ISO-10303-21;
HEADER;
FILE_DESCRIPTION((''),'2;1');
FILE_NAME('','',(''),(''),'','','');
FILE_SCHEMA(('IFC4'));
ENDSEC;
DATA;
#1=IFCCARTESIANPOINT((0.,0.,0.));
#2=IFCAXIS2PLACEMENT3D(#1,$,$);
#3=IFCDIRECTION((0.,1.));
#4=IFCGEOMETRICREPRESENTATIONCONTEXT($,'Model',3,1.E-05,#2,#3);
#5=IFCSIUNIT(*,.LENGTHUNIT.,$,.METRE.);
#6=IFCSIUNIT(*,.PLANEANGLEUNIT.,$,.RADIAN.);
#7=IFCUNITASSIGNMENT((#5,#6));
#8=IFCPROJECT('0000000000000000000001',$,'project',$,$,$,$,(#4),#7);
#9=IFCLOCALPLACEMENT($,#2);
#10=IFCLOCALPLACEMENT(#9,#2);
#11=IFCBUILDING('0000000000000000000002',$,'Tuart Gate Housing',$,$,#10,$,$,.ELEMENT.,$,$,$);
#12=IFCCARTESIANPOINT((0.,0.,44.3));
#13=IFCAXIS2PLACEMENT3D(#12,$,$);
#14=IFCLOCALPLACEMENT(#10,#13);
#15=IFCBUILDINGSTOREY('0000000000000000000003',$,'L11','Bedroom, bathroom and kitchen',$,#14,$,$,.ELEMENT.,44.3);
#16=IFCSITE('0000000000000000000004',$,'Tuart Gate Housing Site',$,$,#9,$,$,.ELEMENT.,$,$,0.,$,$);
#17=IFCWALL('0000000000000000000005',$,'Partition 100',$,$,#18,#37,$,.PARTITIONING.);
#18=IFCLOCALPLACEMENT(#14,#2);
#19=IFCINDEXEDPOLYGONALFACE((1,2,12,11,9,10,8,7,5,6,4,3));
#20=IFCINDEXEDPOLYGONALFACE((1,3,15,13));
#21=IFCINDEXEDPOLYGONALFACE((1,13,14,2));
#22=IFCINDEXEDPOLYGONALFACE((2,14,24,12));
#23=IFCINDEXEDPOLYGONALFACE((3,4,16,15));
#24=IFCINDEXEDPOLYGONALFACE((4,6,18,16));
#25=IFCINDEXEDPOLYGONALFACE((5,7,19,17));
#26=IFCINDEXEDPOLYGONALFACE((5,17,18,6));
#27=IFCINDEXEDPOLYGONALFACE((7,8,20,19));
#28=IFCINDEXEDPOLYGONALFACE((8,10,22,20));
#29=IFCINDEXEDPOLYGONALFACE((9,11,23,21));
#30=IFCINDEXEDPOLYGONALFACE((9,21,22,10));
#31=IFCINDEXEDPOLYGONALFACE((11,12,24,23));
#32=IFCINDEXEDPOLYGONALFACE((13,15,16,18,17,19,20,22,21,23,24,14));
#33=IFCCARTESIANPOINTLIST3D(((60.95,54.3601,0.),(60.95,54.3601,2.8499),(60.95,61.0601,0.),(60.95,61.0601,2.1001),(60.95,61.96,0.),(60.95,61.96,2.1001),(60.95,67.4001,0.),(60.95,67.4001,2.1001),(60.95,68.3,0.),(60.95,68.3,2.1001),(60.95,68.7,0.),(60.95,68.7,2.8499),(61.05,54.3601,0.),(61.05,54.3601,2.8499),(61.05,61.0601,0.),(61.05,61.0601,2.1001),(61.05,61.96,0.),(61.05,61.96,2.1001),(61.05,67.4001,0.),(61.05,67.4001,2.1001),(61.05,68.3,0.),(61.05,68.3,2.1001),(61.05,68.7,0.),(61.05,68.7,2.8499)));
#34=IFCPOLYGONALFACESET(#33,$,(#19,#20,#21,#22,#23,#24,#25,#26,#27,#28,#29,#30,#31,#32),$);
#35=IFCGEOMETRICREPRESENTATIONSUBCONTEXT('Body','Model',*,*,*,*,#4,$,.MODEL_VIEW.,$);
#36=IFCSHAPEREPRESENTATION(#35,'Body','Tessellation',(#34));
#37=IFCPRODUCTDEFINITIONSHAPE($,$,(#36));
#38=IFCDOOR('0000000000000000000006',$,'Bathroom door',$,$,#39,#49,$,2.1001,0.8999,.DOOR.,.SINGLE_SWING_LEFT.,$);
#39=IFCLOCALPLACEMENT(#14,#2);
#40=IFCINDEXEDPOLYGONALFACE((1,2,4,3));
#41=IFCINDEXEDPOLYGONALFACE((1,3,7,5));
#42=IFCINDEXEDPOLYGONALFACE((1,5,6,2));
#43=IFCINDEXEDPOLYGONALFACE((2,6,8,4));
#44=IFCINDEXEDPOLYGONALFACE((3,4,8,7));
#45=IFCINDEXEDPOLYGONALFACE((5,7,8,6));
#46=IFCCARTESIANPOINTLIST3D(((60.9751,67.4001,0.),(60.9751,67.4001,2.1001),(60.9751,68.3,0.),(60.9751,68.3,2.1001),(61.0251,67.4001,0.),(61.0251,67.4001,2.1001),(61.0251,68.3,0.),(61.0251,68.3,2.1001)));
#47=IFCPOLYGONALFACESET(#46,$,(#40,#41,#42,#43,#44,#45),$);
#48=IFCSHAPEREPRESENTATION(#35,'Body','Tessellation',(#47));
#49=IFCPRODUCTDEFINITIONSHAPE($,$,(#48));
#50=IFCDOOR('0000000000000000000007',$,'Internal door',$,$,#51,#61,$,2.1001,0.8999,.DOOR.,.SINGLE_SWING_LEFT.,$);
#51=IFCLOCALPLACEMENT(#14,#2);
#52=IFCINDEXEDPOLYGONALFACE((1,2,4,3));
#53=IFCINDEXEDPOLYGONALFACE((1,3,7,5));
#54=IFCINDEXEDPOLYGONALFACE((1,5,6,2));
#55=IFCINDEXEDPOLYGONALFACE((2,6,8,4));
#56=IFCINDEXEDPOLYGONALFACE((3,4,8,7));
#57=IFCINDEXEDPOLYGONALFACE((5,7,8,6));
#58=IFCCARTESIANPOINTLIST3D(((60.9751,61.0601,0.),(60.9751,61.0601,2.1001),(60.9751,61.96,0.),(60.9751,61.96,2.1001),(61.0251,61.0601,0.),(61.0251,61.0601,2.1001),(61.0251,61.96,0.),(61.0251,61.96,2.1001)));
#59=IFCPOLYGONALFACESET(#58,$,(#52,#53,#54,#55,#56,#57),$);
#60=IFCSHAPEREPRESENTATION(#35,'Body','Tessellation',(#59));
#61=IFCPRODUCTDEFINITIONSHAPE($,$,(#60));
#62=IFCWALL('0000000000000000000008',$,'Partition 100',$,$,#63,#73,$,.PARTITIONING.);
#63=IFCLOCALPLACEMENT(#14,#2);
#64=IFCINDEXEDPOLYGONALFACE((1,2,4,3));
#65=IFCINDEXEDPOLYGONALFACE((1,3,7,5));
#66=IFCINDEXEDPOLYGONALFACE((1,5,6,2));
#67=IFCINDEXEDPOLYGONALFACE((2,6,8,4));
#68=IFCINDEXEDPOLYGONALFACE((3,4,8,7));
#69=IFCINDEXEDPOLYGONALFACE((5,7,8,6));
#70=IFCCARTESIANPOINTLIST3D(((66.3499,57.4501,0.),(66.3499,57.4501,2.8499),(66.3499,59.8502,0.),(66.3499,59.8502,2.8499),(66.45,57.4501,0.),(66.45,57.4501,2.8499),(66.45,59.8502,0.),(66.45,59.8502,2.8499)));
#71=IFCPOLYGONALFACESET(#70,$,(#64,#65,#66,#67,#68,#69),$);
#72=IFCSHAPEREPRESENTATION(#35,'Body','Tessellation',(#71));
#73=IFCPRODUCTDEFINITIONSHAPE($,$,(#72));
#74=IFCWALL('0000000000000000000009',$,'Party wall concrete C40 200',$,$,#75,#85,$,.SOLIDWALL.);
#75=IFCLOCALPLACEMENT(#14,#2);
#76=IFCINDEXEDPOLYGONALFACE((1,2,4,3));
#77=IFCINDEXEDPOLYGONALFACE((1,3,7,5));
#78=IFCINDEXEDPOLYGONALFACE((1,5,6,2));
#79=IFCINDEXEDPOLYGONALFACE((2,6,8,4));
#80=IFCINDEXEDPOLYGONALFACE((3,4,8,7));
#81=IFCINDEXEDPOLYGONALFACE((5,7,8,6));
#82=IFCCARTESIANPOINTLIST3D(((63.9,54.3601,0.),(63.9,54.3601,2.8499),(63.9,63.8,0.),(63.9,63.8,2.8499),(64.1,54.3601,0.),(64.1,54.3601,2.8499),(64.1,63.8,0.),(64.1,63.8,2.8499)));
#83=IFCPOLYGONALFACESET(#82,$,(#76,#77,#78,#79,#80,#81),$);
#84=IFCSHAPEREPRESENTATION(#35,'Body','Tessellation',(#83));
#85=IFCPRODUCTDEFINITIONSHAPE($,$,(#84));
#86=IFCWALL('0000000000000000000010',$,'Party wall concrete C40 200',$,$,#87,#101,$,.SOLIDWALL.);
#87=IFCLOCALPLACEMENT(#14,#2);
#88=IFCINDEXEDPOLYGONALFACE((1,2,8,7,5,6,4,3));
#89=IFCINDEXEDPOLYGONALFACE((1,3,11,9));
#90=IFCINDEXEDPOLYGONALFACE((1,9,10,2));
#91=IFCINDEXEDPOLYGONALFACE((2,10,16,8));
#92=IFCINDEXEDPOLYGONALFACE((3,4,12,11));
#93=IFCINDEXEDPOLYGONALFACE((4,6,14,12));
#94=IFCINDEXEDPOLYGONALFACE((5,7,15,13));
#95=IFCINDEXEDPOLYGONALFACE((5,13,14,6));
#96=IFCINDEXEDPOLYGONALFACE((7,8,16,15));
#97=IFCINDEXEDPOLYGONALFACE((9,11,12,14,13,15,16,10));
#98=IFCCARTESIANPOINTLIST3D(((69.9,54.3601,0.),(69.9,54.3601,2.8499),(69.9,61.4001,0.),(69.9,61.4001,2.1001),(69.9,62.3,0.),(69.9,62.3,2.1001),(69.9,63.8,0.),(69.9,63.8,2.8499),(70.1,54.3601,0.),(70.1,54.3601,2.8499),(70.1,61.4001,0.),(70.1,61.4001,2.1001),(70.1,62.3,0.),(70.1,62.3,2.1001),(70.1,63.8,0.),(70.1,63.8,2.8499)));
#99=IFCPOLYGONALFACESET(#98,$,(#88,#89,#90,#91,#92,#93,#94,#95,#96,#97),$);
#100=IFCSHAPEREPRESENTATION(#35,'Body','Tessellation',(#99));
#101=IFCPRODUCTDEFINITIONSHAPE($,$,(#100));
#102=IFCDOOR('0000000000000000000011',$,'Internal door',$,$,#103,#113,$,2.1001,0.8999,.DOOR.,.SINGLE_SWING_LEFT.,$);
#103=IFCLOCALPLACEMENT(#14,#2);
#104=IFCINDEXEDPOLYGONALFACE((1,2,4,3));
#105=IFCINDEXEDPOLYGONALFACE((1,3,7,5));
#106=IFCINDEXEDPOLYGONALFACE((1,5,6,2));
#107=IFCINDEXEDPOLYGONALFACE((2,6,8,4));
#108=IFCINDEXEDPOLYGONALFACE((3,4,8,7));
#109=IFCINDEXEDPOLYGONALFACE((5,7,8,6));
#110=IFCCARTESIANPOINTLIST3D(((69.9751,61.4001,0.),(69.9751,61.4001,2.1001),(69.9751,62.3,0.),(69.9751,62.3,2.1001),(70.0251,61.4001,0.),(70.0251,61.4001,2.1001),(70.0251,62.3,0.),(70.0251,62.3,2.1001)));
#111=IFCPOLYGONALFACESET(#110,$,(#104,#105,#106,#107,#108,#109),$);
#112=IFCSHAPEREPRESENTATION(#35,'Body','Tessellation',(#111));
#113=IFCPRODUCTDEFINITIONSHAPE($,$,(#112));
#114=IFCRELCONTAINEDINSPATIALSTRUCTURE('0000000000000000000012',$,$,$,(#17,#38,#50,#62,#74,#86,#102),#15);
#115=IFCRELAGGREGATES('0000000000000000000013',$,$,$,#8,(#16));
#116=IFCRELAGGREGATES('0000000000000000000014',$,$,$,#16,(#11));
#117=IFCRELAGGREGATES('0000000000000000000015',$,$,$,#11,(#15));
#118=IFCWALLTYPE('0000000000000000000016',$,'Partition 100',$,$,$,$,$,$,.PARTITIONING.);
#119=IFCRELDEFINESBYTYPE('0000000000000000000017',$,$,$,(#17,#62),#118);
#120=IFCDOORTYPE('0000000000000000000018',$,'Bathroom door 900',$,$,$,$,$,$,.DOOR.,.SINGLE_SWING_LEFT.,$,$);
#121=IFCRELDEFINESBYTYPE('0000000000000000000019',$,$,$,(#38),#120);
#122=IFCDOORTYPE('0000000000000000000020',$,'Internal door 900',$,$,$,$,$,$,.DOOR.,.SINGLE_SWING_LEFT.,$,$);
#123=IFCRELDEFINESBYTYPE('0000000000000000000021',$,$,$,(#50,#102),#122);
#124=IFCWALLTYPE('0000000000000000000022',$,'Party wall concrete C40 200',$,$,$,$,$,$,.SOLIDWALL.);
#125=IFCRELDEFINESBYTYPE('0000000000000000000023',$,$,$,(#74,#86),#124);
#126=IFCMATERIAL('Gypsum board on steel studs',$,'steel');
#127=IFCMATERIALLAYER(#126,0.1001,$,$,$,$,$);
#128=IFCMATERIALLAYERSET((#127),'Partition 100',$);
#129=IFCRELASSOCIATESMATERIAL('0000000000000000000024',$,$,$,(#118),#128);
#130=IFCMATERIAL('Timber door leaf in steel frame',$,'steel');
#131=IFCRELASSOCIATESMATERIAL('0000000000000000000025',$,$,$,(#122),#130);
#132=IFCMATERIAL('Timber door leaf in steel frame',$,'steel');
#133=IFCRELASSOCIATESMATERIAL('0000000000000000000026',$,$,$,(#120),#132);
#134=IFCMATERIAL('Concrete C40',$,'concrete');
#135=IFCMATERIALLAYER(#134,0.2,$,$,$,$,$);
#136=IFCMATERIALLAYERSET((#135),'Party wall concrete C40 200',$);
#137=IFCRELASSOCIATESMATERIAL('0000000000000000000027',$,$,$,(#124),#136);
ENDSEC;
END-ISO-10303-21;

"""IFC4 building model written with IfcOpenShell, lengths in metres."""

from ifc_helpers import new_model, si_unit, direction, frame, frame_2d, origin, place, context, subcontext, project, spatial, rectangle, extrude, material, layer, layer_set, type_object, element, fill, save


model = new_model("IFC4")

# Units and contexts
model_context = context("Model", 3, precision=1e-05, world=origin(), true_north=direction((0.0, 1.0)))
body_context = subcontext(model_context, "Body", "Model", "MODEL_VIEW")
ifc_project = project(units=[si_unit("LENGTHUNIT", "METRE"), si_unit("PLANEANGLEUNIT", "RADIAN")], contexts=[model_context])

# Site, building, storey
site_placement = place(None, origin())
site = spatial("IfcSite", under=ifc_project, at=site_placement, Name="Tuart Gate Housing Site", CompositionType="ELEMENT", RefElevation=0.0)
building_placement = place(site_placement, origin())
building = spatial("IfcBuilding", under=site, at=building_placement, Name="Tuart Gate Housing", CompositionType="ELEMENT")
storey_placement = place(building_placement, frame((0.0, 0.0, 44.3)))
storey = spatial("IfcBuildingStorey", under=building, at=storey_placement, Name="L11", Description="Bedroom, bathroom and kitchen", CompositionType="ELEMENT", Elevation=44.3)

# Shared definitions
ifc_material_1 = material(Name="Gypsum board on steel studs", Category="steel")
ifc_layer_1 = layer(ifc_material_1, 0.1001)
ifc_layer_set_1 = layer_set([ifc_layer_1], Name="Partition 100")
wall_type_1 = type_object("IfcWallType", Name="Partition 100", PredefinedType="PARTITIONING", material=ifc_layer_set_1)

# Shared definitions
ifc_material_2 = material(Name="Timber door leaf in steel frame", Category="steel")
door_type_1 = type_object("IfcDoorType", Name="Internal door 900", OperationType="SINGLE_SWING_LEFT", PredefinedType="DOOR", material=ifc_material_2)

# Shared definitions
ifc_material_3 = material(Name="Timber door leaf in steel frame", Category="steel")
door_type_2 = type_object("IfcDoorType", Name="Bathroom door 900", OperationType="SINGLE_SWING_LEFT", PredefinedType="DOOR", material=ifc_material_3)

# Wall, openings, doors
wall_1_placement = place(storey_placement, frame((61.0, 54.3601, 0.0), z_axis=(0.0, 0.0, 1.0), x_axis=(0.0, 1.0, 0.0)))
wall_1 = element("IfcWall", 1, at=wall_1_placement, inside=storey, type_object=wall_type_1, Name="Partition 100", PredefinedType="PARTITIONING", context=body_context, shape_type="SweptSolid", body=[
    extrude(rectangle(XDim=14.3398, YDim=0.1001, at=frame_2d((7.1699, 0.0))), origin(), (0.0, 0.0, 1.0), 2.8499),
])
opening_1_placement = place(wall_1_placement, frame((6.7, 0.0, 0.0)))
opening_1 = element("IfcOpeningElement", 2, at=opening_1_placement, cuts=wall_1, PredefinedType="OPENING", context=body_context, shape_type="SweptSolid", body=[
    extrude(rectangle(XDim=0.8999, YDim=2.1001, at=frame_2d((0.45, 1.05))), frame((0.0, 0.0601, 0.0), z_axis=(0.0, -1.0, 0.0), x_axis=(1.0, 0.0, 0.0)), (0.0, 0.0, 1.0), 0.1201),
])
opening_2_placement = place(wall_1_placement, frame((13.04, 0.0, 0.0)))
opening_2 = element("IfcOpeningElement", 3, at=opening_2_placement, cuts=wall_1, PredefinedType="OPENING", context=body_context, shape_type="SweptSolid", body=[
    extrude(rectangle(XDim=0.8999, YDim=2.1001, at=frame_2d((0.45, 1.05))), frame((0.0, 0.0601, 0.0), z_axis=(0.0, -1.0, 0.0), x_axis=(1.0, 0.0, 0.0)), (0.0, 0.0, 1.0), 0.1201),
])
door_1_placement = place(opening_2_placement, frame((0.8999, 0.0, 0.0), z_axis=(0.0, 0.0, 1.0), x_axis=(-1.0, 0.0, 0.0)))
door_1 = element("IfcDoor", 4, at=door_1_placement, inside=storey, type_object=door_type_2, Name="Bathroom door", OperationType="SINGLE_SWING_LEFT", OverallHeight=2.1001, OverallWidth=0.8999, PredefinedType="DOOR", context=body_context, shape_type="SweptSolid", body=[
    extrude(rectangle(XDim=0.8999, YDim=2.1001, at=frame_2d((0.45, 1.05))), frame((0.0, 0.0251, 0.0), z_axis=(0.0, -1.0, 0.0), x_axis=(1.0, 0.0, 0.0)), (0.0, 0.0, 1.0), 0.05),
])
fill(opening_2, door_1)
door_2_placement = place(opening_1_placement, frame((0.8999, 0.0, 0.0), z_axis=(0.0, 0.0, 1.0), x_axis=(-1.0, 0.0, 0.0)))
door_2 = element("IfcDoor", 5, at=door_2_placement, inside=storey, type_object=door_type_1, Name="Internal door", OperationType="SINGLE_SWING_LEFT", OverallHeight=2.1001, OverallWidth=0.8999, PredefinedType="DOOR", context=body_context, shape_type="SweptSolid", body=[
    extrude(rectangle(XDim=0.8999, YDim=2.1001, at=frame_2d((0.45, 1.05))), frame((0.0, 0.0251, 0.0), z_axis=(0.0, -1.0, 0.0), x_axis=(1.0, 0.0, 0.0)), (0.0, 0.0, 1.0), 0.05),
])
fill(opening_1, door_2)

# Walls
wall_2_placement = place(storey_placement, frame((66.3999, 57.45, 0.0), z_axis=(0.0, 0.0, 1.0), x_axis=(0.0, 1.0, 0.0)))
element("IfcWall", 6, at=wall_2_placement, inside=storey, type_object=wall_type_1, Name="Partition 100", PredefinedType="PARTITIONING", context=body_context, shape_type="SweptSolid", body=[
    extrude(rectangle(XDim=2.4001, YDim=0.1001, at=frame_2d((1.2002, 0.0))), origin(), (0.0, 0.0, 1.0), 2.8499),
])
ifc_material_4 = material(Name="Concrete C40", Category="concrete")
ifc_layer_2 = layer(ifc_material_4, 0.2)
ifc_layer_set_2 = layer_set([ifc_layer_2], Name="Party wall concrete C40 200")
wall_type_2 = type_object("IfcWallType", Name="Party wall concrete C40 200", PredefinedType="SOLIDWALL", material=ifc_layer_set_2)
wall_3_placement = place(storey_placement, frame((64.0, 54.3601, 0.0), z_axis=(0.0, 0.0, 1.0), x_axis=(0.0, 1.0, 0.0)))
element("IfcWall", 7, at=wall_3_placement, inside=storey, type_object=wall_type_2, Name="Party wall concrete C40 200", PredefinedType="SOLIDWALL", context=body_context, shape_type="SweptSolid", body=[
    extrude(rectangle(XDim=9.4399, YDim=0.2, at=frame_2d((4.72, 0.0))), origin(), (0.0, 0.0, 1.0), 2.8499),
])

# Wall, opening, door
wall_4_placement = place(storey_placement, frame((70.0, 54.3601, 0.0), z_axis=(0.0, 0.0, 1.0), x_axis=(0.0, 1.0, 0.0)))
wall_4 = element("IfcWall", 8, at=wall_4_placement, inside=storey, type_object=wall_type_2, Name="Party wall concrete C40 200", PredefinedType="SOLIDWALL", context=body_context, shape_type="SweptSolid", body=[
    extrude(rectangle(XDim=9.4399, YDim=0.2, at=frame_2d((4.72, 0.0))), origin(), (0.0, 0.0, 1.0), 2.8499),
])
opening_3_placement = place(wall_4_placement, frame((7.04, 0.0, 0.0)))
opening_3 = element("IfcOpeningElement", 9, at=opening_3_placement, cuts=wall_4, PredefinedType="OPENING", context=body_context, shape_type="SweptSolid", body=[
    extrude(rectangle(XDim=0.8999, YDim=2.1001, at=frame_2d((0.45, 1.05))), frame((0.0, 0.1099, 0.0), z_axis=(0.0, -1.0, 0.0), x_axis=(1.0, 0.0, 0.0)), (0.0, 0.0, 1.0), 0.22),
])
door_3_placement = place(opening_3_placement, origin())
door_3 = element("IfcDoor", 10, at=door_3_placement, inside=storey, type_object=door_type_1, Name="Internal door", OperationType="SINGLE_SWING_LEFT", OverallHeight=2.1001, OverallWidth=0.8999, PredefinedType="DOOR", context=body_context, shape_type="SweptSolid", body=[
    extrude(rectangle(XDim=0.8999, YDim=2.1001, at=frame_2d((0.45, 1.05))), frame((0.0, 0.0249, 0.0), z_axis=(0.0, -1.0, 0.0), x_axis=(1.0, 0.0, 0.0)), (0.0, 0.0, 1.0), 0.05),
])
fill(opening_3, door_3)

save(model, "model.ifc")
